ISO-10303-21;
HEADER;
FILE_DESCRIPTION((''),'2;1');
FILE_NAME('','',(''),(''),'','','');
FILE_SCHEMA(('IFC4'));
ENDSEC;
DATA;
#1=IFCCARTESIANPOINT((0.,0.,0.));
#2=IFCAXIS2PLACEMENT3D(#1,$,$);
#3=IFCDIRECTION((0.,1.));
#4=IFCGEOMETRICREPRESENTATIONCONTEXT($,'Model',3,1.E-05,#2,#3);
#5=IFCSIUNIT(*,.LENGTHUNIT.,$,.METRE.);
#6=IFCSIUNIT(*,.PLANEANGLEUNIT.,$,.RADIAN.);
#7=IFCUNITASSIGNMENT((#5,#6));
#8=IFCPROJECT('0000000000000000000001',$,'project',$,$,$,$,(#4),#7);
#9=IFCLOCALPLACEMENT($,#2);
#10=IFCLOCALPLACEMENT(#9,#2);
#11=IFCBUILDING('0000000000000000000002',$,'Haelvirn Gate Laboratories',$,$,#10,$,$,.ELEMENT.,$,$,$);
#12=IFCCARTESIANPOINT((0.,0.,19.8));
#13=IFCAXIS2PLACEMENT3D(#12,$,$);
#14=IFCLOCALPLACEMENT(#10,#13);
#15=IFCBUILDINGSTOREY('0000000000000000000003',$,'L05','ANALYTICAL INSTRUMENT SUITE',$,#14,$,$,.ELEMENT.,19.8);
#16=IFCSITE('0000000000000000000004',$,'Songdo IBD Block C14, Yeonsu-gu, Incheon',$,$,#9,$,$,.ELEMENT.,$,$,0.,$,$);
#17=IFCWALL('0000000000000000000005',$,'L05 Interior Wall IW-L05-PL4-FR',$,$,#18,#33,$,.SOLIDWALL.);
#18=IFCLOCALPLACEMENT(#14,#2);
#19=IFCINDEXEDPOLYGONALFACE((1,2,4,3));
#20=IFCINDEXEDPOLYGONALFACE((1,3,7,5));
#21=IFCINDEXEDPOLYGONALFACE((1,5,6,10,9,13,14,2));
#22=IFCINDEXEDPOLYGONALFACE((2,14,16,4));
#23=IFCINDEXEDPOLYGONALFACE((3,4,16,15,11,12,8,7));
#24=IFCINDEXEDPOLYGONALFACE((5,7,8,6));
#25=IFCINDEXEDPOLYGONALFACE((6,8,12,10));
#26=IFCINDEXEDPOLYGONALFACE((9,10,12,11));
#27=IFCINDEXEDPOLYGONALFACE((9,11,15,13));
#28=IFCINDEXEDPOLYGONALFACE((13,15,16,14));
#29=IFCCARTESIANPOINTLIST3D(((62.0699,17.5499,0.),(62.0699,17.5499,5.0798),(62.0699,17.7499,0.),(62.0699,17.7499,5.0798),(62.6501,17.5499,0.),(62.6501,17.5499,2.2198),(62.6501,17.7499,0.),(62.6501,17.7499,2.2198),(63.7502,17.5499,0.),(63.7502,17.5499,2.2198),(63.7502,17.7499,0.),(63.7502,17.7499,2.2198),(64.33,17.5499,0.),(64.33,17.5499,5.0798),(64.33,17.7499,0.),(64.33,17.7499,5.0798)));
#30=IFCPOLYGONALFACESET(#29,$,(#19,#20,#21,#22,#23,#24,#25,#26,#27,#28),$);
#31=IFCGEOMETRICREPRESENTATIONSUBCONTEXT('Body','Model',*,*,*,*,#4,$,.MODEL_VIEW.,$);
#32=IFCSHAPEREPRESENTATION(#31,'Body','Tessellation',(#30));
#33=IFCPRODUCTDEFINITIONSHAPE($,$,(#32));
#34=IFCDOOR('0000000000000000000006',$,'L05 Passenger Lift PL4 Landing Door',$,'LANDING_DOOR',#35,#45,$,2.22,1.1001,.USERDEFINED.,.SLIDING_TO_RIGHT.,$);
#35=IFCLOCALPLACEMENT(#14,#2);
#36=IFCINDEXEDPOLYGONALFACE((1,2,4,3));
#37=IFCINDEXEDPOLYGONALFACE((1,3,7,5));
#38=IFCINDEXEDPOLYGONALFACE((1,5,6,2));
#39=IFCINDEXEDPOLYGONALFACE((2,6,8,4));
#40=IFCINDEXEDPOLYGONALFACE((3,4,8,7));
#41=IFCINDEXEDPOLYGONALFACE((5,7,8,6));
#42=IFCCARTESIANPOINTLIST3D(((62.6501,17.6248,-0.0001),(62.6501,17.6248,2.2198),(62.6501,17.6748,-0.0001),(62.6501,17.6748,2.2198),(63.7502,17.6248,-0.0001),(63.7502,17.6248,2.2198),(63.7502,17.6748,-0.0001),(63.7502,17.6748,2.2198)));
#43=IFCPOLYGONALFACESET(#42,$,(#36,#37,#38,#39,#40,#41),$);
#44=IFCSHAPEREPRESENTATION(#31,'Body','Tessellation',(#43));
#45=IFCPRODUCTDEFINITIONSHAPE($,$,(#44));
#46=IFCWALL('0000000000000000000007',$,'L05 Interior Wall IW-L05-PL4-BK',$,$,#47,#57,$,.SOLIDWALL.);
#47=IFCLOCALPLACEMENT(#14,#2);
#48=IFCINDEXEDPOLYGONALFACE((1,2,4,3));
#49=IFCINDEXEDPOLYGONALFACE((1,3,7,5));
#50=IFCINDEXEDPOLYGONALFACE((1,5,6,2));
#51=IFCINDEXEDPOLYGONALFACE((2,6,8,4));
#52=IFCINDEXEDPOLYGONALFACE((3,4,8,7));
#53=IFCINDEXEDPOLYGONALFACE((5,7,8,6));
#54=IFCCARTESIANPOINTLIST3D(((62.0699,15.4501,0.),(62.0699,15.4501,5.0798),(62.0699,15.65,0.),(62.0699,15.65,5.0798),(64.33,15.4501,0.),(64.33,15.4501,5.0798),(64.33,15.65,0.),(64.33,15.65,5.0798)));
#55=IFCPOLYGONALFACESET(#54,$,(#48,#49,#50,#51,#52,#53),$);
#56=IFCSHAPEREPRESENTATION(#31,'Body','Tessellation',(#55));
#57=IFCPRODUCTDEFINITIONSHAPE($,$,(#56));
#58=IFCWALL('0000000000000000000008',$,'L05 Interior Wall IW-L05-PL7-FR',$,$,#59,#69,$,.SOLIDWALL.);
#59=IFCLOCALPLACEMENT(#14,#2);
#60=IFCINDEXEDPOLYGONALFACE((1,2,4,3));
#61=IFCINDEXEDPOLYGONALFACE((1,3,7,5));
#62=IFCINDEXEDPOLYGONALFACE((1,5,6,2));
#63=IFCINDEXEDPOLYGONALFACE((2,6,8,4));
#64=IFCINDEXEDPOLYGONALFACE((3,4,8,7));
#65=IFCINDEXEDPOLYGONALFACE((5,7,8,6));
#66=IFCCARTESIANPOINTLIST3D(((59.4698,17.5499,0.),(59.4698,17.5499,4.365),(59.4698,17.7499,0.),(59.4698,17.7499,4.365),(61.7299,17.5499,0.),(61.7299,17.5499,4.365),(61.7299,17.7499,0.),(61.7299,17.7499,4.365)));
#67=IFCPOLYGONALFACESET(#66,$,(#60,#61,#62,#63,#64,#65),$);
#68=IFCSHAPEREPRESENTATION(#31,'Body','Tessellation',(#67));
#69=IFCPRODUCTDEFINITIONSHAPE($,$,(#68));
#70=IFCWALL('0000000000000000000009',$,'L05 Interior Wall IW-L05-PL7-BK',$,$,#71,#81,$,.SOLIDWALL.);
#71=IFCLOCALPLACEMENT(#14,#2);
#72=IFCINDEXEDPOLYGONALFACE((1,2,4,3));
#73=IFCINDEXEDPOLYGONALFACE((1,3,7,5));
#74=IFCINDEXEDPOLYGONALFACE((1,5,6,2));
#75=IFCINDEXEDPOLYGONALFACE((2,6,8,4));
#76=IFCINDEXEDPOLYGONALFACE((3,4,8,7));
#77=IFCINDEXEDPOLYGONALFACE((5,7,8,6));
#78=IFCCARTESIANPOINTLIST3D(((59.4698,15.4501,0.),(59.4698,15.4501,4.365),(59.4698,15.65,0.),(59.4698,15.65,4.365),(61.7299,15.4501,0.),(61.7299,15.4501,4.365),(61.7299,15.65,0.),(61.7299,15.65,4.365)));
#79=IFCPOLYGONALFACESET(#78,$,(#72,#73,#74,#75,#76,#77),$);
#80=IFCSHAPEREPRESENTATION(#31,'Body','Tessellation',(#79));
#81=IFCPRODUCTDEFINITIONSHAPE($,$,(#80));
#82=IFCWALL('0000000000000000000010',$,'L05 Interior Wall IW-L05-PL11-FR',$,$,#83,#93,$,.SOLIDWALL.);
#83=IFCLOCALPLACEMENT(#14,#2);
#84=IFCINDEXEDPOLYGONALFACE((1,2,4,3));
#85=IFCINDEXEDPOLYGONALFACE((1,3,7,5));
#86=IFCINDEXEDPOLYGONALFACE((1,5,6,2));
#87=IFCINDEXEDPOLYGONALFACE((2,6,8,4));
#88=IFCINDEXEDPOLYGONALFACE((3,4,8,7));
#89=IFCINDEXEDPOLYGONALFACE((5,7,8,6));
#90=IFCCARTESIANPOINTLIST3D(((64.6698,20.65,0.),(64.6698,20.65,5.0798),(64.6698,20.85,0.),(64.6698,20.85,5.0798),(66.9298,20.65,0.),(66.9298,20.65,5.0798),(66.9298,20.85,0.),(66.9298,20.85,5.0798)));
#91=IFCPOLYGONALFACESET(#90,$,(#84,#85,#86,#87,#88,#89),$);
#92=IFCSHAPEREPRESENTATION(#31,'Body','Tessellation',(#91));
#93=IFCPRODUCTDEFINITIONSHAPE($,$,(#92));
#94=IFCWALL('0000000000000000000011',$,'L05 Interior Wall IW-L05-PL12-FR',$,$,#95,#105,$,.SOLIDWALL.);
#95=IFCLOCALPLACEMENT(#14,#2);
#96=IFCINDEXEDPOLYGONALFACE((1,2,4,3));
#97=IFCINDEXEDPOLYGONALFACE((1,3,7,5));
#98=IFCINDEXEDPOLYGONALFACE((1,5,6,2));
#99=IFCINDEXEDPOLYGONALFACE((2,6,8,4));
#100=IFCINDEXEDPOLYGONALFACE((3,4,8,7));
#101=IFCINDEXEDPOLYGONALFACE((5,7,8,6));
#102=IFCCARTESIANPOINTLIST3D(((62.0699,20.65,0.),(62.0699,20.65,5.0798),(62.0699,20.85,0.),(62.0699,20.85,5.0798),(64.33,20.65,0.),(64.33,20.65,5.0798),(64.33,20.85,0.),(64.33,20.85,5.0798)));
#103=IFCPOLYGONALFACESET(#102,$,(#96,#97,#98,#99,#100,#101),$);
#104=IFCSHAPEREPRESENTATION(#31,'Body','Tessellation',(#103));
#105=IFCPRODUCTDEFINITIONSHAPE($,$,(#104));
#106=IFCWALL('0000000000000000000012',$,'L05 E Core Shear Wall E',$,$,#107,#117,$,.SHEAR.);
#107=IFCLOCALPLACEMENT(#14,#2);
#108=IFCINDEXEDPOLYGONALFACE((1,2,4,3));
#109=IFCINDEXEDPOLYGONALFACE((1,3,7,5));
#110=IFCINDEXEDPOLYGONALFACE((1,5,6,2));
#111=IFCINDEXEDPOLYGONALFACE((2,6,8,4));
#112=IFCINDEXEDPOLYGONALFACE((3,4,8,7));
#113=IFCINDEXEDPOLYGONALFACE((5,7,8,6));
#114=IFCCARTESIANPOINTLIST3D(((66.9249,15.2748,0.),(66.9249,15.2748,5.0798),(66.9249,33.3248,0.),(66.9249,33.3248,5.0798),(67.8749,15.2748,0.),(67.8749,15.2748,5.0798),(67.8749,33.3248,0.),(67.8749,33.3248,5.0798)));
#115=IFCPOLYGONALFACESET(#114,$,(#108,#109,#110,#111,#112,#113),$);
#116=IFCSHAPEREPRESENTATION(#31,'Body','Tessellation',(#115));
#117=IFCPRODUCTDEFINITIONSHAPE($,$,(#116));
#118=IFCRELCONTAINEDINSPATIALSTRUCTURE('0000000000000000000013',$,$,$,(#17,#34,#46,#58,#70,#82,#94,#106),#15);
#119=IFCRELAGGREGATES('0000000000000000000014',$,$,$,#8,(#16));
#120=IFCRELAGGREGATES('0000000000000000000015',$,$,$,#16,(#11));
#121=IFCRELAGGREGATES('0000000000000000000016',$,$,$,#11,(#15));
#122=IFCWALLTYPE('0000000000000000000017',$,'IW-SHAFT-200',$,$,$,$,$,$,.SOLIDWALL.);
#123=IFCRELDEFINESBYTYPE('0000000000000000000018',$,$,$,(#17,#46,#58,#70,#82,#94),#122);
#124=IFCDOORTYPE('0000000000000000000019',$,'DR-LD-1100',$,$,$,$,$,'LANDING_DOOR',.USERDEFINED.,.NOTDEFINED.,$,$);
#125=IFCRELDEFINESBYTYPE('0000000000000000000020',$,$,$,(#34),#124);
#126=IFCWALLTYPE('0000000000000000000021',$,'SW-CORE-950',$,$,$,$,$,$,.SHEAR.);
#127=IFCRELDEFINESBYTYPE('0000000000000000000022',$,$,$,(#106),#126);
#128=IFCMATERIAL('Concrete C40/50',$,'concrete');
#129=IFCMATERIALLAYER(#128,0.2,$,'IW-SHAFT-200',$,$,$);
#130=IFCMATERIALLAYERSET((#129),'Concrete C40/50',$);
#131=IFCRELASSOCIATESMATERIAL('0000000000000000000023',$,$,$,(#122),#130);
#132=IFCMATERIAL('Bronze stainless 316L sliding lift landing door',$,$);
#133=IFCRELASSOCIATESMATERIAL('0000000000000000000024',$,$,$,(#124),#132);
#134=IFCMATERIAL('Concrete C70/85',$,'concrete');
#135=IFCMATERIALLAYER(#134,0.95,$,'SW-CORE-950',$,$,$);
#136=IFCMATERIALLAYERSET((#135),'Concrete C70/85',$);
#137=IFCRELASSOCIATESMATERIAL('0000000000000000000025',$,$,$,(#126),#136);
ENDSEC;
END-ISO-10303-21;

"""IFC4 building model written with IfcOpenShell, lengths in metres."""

from ifc_helpers import new_model, si_unit, direction, frame, frame_2d, origin, place, context, subcontext, project, spatial, rectangle, extrude, source, transform, mapped, material, layer, layer_set, type_object, type_shapes, element, fill, save


model = new_model("IFC4")

# Units and contexts
model_context = context("Model", 3, precision=1e-05, world=origin(), true_north=direction((0.0, 1.0)))
body_context = subcontext(model_context, "Body", "Model", "MODEL_VIEW")
ifc_project = project(units=[si_unit("LENGTHUNIT", "METRE"), si_unit("PLANEANGLEUNIT", "RADIAN")], contexts=[model_context])

# Site, building, storey
site_placement = place(None, origin())
site = spatial("IfcSite", under=ifc_project, at=site_placement, Name="Songdo IBD Block C14, Yeonsu-gu, Incheon", CompositionType="ELEMENT", RefElevation=0.0)
building_placement = place(site_placement, origin())
building = spatial("IfcBuilding", under=site, at=building_placement, Name="Haelvirn Gate Laboratories", CompositionType="ELEMENT")
storey_placement = place(building_placement, frame((0.0, 0.0, 19.8)))
storey = spatial("IfcBuildingStorey", under=building, at=storey_placement, Name="L05", Description="ANALYTICAL INSTRUMENT SUITE", CompositionType="ELEMENT", Elevation=19.8)

# Shared definitions
ifc_material_1 = material(Name="Concrete C70/85", Category="concrete")

# Shared definitions
ifc_material_2 = material(Name="Concrete C40/50", Category="concrete")

# Shared definitions
ifc_layer_1 = layer(ifc_material_2, 0.2, Name="IW-SHAFT-200")
ifc_layer_set_1 = layer_set([ifc_layer_1], Name="Concrete C40/50")
wall_type_1 = type_object("IfcWallType", Name="IW-SHAFT-200", PredefinedType="SOLIDWALL", material=ifc_layer_set_1)
ifc_material_3 = material(Name="Bronze stainless 316L sliding lift landing door")
door_type = type_object("IfcDoorType", Name="DR-LD-1100", ElementType="LANDING_DOOR", OperationType="NOTDEFINED", PredefinedType="USERDEFINED", material=ifc_material_3)
shared_shape_1 = source(origin(), body_context, "Body", "SweptSolid", [
    extrude(rectangle(XDim=1.1001, YDim=2.22, at=frame_2d((0.55, 1.1099))), frame((0.0, 0.0249, 0.0), z_axis=(0.0, -1.0, 0.0), x_axis=(1.0, 0.0, 0.0)), (0.0, 0.0, 1.0), 0.05),
])
type_shapes(door_type, [shared_shape_1])

# Wall, opening, door
wall_1_placement = place(storey_placement, frame((62.0701, 17.6499, 0.0), z_axis=(0.0, 0.0, 1.0), x_axis=(1.0, 0.0, 0.0)))
wall_1 = element("IfcWall", 1, at=wall_1_placement, inside=storey, type_object=wall_type_1, Name="L05 Interior Wall IW-L05-PL4-FR", PredefinedType="SOLIDWALL", context=body_context, shape_type="SweptSolid", body=[
    extrude(rectangle(XDim=2.26, YDim=0.2, at=frame_2d((1.1299, 0.0))), origin(), (0.0, 0.0, 1.0), 5.0798),
])
opening_1_placement = place(wall_1_placement, frame((0.5801, 0.0, 0.0)))
opening_1 = element("IfcOpeningElement", 2, at=opening_1_placement, cuts=wall_1, PredefinedType="OPENING", context=body_context, shape_type="SweptSolid", body=[
    extrude(rectangle(XDim=1.1001, YDim=2.22, at=frame_2d((0.55, 1.1099))), frame((0.0, 0.1099, 0.0), z_axis=(0.0, -1.0, 0.0), x_axis=(1.0, 0.0, 0.0)), (0.0, 0.0, 1.0), 0.22),
])
door_1_placement = place(opening_1_placement, origin())
door_1 = element("IfcDoor", 3, at=door_1_placement, inside=storey, type_object=door_type, Name="L05 Passenger Lift PL4 Landing Door", ObjectType="LANDING_DOOR", OperationType="SLIDING_TO_RIGHT", OverallHeight=2.22, OverallWidth=1.1001, PredefinedType="USERDEFINED", context=body_context, shape_type="MappedRepresentation", body=[
    mapped(shared_shape_1, transform((0.0, 0.0, 0.0), scale=1.0)),
])
fill(opening_1, door_1)

# Walls
wall_2_placement = place(storey_placement, frame((62.0701, 15.55, 0.0), z_axis=(0.0, 0.0, 1.0), x_axis=(1.0, 0.0, 0.0)))
element("IfcWall", 4, at=wall_2_placement, inside=storey, type_object=wall_type_1, Name="L05 Interior Wall IW-L05-PL4-BK", PredefinedType="SOLIDWALL", context=body_context, shape_type="SweptSolid", body=[
    extrude(rectangle(XDim=2.26, YDim=0.2, at=frame_2d((1.1299, 0.0))), origin(), (0.0, 0.0, 1.0), 5.0798),
])
for number, where, z_axis, x_axis, name in (
    (5, (59.47, 17.6499, 0.0), (0.0, 0.0, 1.0), (1.0, 0.0, 0.0), "L05 Interior Wall IW-L05-PL7-FR"),
    (6, (59.47, 15.55, 0.0), (0.0, 0.0, 1.0), (1.0, 0.0, 0.0), "L05 Interior Wall IW-L05-PL7-BK"),
):
    element("IfcWall", number, at=place(storey_placement, frame(where, z_axis=z_axis, x_axis=x_axis)), inside=storey, type_object=wall_type_1, Name=name, PredefinedType="SOLIDWALL", context=body_context, shape_type="SweptSolid", body=[
        extrude(rectangle(XDim=2.26, YDim=0.2, at=frame_2d((1.1299, 0.0))), origin(), (0.0, 0.0, 1.0), 4.365),
    ])
for number, where, z_axis, x_axis, name in (
    (7, (64.6699, 20.75, 0.0), (0.0, 0.0, 1.0), (1.0, 0.0, 0.0), "L05 Interior Wall IW-L05-PL11-FR"),
    (8, (62.0701, 20.75, 0.0), (0.0, 0.0, 1.0), (1.0, 0.0, 0.0), "L05 Interior Wall IW-L05-PL12-FR"),
):
    element("IfcWall", number, at=place(storey_placement, frame(where, z_axis=z_axis, x_axis=x_axis)), inside=storey, type_object=wall_type_1, Name=name, PredefinedType="SOLIDWALL", context=body_context, shape_type="SweptSolid", body=[
        extrude(rectangle(XDim=2.26, YDim=0.2, at=frame_2d((1.1299, 0.0))), origin(), (0.0, 0.0, 1.0), 5.0798),
    ])
ifc_layer_2 = layer(ifc_material_1, 0.95, Name="SW-CORE-950")
ifc_layer_set_2 = layer_set([ifc_layer_2], Name="Concrete C70/85")
wall_type_2 = type_object("IfcWallType", Name="SW-CORE-950", PredefinedType="SHEAR", material=ifc_layer_set_2)
wall_3_placement = place(storey_placement, frame((67.3999, 15.2749, 0.0), z_axis=(0.0, 0.0, 1.0), x_axis=(0.0, 1.0, 0.0)))
element("IfcWall", 9, at=wall_3_placement, inside=storey, type_object=wall_type_2, Name="L05 E Core Shear Wall E", PredefinedType="SHEAR", context=body_context, shape_type="SweptSolid", body=[
    extrude(rectangle(XDim=18.05, YDim=0.95, at=frame_2d((9.0249, 0.0))), origin(), (0.0, 0.0, 1.0), 5.0798),
])

save(model, "model.ifc")
